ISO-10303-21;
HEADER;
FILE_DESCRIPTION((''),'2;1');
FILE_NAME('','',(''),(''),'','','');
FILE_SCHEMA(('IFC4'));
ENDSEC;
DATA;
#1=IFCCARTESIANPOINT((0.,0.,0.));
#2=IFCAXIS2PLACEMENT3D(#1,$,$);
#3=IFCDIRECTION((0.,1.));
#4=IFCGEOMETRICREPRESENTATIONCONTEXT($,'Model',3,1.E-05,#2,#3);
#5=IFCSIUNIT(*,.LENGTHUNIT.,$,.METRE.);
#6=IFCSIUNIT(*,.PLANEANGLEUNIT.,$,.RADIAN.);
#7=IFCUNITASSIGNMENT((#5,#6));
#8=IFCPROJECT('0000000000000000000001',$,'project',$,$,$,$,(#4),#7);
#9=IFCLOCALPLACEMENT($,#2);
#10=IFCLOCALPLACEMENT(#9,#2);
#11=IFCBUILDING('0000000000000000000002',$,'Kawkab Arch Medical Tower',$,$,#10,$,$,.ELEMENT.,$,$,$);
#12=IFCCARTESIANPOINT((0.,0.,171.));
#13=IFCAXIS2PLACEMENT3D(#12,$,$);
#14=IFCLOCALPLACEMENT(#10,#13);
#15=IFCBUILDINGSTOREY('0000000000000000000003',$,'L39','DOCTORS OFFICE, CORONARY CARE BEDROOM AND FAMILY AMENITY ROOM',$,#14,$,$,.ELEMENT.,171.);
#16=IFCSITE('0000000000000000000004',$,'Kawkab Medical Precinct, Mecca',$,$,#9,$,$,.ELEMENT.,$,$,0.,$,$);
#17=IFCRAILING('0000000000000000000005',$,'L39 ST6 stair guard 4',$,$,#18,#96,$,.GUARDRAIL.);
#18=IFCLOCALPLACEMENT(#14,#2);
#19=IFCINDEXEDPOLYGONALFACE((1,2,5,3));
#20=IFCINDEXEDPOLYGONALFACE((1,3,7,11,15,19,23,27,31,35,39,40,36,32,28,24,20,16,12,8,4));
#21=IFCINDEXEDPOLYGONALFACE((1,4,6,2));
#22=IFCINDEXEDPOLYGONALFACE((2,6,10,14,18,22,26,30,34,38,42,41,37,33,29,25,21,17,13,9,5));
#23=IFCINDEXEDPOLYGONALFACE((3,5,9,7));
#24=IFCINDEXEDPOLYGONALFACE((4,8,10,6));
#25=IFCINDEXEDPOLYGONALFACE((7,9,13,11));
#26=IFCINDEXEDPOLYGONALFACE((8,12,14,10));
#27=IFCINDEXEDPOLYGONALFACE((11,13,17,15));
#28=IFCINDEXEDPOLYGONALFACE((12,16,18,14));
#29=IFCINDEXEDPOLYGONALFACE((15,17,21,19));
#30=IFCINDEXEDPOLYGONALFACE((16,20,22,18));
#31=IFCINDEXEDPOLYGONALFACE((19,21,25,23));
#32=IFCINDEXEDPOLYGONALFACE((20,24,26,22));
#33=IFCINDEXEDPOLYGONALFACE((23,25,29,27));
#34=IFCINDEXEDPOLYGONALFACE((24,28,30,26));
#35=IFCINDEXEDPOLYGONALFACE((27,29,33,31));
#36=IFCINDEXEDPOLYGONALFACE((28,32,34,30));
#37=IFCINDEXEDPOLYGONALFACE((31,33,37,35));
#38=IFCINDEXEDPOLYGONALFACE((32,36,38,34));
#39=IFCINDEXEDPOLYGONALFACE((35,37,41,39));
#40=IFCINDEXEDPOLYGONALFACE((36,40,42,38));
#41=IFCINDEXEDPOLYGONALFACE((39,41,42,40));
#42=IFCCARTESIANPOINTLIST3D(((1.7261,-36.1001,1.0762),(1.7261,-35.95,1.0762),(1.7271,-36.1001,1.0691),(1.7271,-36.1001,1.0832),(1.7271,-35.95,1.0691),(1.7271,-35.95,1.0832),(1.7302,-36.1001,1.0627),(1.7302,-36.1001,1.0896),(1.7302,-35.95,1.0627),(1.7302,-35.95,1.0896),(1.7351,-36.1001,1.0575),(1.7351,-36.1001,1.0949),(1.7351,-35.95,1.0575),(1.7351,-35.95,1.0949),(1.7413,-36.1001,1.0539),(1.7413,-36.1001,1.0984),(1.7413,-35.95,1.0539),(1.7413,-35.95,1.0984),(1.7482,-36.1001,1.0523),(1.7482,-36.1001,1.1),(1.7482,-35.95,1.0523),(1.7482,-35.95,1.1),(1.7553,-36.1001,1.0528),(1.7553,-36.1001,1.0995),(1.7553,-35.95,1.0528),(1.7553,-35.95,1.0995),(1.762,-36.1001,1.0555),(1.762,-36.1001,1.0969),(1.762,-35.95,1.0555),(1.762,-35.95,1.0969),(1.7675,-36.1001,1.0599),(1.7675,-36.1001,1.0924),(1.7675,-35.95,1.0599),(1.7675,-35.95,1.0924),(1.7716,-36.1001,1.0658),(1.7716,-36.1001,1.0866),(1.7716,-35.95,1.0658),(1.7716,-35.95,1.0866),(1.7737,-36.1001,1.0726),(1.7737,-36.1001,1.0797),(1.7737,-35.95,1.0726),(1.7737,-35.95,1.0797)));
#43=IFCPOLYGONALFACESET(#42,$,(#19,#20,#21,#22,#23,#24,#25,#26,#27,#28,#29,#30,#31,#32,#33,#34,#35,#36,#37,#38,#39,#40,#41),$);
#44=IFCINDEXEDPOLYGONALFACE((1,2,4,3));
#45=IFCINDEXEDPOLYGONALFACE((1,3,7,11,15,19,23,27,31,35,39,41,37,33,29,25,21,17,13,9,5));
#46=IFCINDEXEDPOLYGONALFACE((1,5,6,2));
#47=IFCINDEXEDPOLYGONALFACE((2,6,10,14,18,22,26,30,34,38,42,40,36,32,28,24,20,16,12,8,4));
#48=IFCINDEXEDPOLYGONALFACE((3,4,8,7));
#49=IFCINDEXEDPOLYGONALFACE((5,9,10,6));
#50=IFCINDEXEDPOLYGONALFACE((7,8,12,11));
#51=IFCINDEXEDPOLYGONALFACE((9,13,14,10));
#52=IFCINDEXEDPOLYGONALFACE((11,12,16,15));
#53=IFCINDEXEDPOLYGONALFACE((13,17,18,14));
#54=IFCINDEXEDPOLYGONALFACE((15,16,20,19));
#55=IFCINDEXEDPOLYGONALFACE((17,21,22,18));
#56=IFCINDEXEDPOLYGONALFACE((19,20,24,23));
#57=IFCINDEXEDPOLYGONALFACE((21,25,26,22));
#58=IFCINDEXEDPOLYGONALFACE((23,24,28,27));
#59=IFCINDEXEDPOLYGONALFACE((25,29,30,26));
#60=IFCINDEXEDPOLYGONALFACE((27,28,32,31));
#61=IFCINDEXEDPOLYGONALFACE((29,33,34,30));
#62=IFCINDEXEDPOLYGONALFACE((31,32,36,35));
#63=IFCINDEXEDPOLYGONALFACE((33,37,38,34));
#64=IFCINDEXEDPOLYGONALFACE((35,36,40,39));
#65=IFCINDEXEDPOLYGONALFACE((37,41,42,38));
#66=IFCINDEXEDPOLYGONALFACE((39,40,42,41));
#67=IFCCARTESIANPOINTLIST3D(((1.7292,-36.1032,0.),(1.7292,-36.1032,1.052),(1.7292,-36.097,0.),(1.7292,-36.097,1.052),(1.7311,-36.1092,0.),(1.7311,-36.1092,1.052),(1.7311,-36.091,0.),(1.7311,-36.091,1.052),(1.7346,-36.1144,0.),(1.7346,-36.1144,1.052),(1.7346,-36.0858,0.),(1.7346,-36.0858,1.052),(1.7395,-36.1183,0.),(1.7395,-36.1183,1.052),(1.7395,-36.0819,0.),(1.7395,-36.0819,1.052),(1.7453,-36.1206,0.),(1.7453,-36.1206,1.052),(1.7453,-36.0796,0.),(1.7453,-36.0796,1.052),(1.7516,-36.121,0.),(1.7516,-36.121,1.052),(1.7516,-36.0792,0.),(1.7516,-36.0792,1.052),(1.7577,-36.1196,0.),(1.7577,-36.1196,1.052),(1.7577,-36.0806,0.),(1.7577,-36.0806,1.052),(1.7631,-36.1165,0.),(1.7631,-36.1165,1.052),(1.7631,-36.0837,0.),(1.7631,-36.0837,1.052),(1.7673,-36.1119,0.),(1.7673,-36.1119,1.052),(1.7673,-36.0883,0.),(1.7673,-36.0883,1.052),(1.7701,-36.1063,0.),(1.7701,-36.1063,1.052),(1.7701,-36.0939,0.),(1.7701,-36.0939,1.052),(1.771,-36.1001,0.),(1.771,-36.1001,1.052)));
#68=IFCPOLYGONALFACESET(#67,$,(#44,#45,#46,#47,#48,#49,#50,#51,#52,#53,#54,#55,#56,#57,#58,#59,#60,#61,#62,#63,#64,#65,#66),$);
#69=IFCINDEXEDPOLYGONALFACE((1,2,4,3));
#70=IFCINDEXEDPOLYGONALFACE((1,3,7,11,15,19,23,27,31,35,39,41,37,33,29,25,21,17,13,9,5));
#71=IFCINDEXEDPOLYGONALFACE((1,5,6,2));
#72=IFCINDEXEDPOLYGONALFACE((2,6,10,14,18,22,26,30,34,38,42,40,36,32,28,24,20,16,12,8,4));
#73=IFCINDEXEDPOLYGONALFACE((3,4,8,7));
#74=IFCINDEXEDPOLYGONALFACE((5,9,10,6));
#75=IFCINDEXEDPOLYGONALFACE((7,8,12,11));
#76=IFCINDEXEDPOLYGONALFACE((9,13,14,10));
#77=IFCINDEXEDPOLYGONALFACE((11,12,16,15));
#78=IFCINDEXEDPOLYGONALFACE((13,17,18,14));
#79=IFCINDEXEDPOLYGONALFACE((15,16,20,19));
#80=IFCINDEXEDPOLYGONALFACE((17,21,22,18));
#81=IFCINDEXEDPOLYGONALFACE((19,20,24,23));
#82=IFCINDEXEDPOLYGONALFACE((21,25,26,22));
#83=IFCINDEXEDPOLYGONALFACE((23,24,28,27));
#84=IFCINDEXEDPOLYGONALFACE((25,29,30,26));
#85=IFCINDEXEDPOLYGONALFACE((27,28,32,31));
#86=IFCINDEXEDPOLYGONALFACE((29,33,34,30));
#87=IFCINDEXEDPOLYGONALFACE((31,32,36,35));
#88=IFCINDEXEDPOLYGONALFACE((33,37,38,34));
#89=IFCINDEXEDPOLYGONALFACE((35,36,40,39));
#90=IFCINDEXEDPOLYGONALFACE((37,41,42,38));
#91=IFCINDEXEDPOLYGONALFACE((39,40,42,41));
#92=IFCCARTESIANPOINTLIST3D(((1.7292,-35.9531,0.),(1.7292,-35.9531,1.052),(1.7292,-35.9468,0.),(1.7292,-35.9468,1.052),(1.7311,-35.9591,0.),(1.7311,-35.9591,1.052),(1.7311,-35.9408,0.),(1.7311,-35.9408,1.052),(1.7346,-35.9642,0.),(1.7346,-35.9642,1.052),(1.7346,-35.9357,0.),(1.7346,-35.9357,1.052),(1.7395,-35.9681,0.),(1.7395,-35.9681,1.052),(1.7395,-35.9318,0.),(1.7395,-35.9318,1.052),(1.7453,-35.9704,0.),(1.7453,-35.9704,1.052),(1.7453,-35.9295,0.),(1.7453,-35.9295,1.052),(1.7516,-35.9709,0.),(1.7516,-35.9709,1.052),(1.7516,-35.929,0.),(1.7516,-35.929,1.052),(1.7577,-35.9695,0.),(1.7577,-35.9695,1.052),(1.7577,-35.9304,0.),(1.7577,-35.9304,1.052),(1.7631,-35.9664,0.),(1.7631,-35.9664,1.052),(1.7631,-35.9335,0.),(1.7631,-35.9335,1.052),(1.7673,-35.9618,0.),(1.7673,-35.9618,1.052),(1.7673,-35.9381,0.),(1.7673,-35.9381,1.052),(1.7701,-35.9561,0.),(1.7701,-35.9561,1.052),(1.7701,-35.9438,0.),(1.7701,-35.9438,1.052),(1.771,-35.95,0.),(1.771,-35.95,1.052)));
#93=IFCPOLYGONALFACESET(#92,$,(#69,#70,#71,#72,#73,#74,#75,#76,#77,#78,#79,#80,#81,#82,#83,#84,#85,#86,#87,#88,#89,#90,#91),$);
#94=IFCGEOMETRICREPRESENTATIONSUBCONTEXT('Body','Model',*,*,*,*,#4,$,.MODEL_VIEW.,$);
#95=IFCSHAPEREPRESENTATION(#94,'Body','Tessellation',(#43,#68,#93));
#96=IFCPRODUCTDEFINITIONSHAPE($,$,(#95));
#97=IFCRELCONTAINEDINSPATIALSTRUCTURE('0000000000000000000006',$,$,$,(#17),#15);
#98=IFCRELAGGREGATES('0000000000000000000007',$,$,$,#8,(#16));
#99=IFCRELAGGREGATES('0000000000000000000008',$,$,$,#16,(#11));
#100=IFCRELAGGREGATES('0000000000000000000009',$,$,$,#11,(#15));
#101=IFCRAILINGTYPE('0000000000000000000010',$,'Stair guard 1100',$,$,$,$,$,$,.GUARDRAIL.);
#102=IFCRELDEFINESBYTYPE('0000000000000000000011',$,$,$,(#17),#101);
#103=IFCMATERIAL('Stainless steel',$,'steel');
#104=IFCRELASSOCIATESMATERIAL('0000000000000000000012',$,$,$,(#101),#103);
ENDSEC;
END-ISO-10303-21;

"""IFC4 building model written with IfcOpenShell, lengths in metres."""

from ifc_helpers import new_model, si_unit, direction, frame, origin, origin_2d, place, context, subcontext, project, spatial, circle, extrude, material, type_object, element, save


model = new_model("IFC4")

# Units and contexts
model_context = context("Model", 3, precision=1e-05, world=origin(), true_north=direction((0.0, 1.0)))
body_context = subcontext(model_context, "Body", "Model", "MODEL_VIEW")
ifc_project = project(units=[si_unit("LENGTHUNIT", "METRE"), si_unit("PLANEANGLEUNIT", "RADIAN")], contexts=[model_context])

# Site, building, storey
site_placement = place(None, origin())
site = spatial("IfcSite", under=ifc_project, at=site_placement, Name="Kawkab Medical Precinct, Mecca", CompositionType="ELEMENT", RefElevation=0.0)
building_placement = place(site_placement, origin())
building = spatial("IfcBuilding", under=site, at=building_placement, Name="Kawkab Arch Medical Tower", CompositionType="ELEMENT")
storey_placement = place(building_placement, frame((0.0, 0.0, 171.0)))
storey = spatial("IfcBuildingStorey", under=building, at=storey_placement, Name="L39", Description="DOCTORS OFFICE, CORONARY CARE BEDROOM AND FAMILY AMENITY ROOM", CompositionType="ELEMENT", Elevation=171.0)

# Railing
ifc_material_1 = material(Name="Stainless steel", Category="steel")
railing_type = type_object("IfcRailingType", Name="Stair guard 1100", PredefinedType="GUARDRAIL", material=ifc_material_1)
railing_1_placement = place(storey_placement, frame((1.75, -36.1001, 0.0)))
element("IfcRailing", 1, at=railing_1_placement, inside=storey, type_object=railing_type, Name="L39 ST6 stair guard 4", PredefinedType="GUARDRAIL", context=body_context, shape_type="SweptSolid", body=[
    extrude(circle(Radius=0.0239, at=origin_2d()), frame((0.0, 0.0, 1.0762), z_axis=(0.0, 1.0, 0.0), x_axis=(-1.0, 0.0, 0.0)), (0.0, 0.0, 1.0), 0.1501),
    extrude(circle(Radius=0.021, at=origin_2d()), origin(), (0.0, 0.0, 1.0), 1.052),
    extrude(circle(Radius=0.021, at=origin_2d()), frame((0.0, 0.1501, 0.0)), (0.0, 0.0, 1.0), 1.052),
])

save(model, "model.ifc")
